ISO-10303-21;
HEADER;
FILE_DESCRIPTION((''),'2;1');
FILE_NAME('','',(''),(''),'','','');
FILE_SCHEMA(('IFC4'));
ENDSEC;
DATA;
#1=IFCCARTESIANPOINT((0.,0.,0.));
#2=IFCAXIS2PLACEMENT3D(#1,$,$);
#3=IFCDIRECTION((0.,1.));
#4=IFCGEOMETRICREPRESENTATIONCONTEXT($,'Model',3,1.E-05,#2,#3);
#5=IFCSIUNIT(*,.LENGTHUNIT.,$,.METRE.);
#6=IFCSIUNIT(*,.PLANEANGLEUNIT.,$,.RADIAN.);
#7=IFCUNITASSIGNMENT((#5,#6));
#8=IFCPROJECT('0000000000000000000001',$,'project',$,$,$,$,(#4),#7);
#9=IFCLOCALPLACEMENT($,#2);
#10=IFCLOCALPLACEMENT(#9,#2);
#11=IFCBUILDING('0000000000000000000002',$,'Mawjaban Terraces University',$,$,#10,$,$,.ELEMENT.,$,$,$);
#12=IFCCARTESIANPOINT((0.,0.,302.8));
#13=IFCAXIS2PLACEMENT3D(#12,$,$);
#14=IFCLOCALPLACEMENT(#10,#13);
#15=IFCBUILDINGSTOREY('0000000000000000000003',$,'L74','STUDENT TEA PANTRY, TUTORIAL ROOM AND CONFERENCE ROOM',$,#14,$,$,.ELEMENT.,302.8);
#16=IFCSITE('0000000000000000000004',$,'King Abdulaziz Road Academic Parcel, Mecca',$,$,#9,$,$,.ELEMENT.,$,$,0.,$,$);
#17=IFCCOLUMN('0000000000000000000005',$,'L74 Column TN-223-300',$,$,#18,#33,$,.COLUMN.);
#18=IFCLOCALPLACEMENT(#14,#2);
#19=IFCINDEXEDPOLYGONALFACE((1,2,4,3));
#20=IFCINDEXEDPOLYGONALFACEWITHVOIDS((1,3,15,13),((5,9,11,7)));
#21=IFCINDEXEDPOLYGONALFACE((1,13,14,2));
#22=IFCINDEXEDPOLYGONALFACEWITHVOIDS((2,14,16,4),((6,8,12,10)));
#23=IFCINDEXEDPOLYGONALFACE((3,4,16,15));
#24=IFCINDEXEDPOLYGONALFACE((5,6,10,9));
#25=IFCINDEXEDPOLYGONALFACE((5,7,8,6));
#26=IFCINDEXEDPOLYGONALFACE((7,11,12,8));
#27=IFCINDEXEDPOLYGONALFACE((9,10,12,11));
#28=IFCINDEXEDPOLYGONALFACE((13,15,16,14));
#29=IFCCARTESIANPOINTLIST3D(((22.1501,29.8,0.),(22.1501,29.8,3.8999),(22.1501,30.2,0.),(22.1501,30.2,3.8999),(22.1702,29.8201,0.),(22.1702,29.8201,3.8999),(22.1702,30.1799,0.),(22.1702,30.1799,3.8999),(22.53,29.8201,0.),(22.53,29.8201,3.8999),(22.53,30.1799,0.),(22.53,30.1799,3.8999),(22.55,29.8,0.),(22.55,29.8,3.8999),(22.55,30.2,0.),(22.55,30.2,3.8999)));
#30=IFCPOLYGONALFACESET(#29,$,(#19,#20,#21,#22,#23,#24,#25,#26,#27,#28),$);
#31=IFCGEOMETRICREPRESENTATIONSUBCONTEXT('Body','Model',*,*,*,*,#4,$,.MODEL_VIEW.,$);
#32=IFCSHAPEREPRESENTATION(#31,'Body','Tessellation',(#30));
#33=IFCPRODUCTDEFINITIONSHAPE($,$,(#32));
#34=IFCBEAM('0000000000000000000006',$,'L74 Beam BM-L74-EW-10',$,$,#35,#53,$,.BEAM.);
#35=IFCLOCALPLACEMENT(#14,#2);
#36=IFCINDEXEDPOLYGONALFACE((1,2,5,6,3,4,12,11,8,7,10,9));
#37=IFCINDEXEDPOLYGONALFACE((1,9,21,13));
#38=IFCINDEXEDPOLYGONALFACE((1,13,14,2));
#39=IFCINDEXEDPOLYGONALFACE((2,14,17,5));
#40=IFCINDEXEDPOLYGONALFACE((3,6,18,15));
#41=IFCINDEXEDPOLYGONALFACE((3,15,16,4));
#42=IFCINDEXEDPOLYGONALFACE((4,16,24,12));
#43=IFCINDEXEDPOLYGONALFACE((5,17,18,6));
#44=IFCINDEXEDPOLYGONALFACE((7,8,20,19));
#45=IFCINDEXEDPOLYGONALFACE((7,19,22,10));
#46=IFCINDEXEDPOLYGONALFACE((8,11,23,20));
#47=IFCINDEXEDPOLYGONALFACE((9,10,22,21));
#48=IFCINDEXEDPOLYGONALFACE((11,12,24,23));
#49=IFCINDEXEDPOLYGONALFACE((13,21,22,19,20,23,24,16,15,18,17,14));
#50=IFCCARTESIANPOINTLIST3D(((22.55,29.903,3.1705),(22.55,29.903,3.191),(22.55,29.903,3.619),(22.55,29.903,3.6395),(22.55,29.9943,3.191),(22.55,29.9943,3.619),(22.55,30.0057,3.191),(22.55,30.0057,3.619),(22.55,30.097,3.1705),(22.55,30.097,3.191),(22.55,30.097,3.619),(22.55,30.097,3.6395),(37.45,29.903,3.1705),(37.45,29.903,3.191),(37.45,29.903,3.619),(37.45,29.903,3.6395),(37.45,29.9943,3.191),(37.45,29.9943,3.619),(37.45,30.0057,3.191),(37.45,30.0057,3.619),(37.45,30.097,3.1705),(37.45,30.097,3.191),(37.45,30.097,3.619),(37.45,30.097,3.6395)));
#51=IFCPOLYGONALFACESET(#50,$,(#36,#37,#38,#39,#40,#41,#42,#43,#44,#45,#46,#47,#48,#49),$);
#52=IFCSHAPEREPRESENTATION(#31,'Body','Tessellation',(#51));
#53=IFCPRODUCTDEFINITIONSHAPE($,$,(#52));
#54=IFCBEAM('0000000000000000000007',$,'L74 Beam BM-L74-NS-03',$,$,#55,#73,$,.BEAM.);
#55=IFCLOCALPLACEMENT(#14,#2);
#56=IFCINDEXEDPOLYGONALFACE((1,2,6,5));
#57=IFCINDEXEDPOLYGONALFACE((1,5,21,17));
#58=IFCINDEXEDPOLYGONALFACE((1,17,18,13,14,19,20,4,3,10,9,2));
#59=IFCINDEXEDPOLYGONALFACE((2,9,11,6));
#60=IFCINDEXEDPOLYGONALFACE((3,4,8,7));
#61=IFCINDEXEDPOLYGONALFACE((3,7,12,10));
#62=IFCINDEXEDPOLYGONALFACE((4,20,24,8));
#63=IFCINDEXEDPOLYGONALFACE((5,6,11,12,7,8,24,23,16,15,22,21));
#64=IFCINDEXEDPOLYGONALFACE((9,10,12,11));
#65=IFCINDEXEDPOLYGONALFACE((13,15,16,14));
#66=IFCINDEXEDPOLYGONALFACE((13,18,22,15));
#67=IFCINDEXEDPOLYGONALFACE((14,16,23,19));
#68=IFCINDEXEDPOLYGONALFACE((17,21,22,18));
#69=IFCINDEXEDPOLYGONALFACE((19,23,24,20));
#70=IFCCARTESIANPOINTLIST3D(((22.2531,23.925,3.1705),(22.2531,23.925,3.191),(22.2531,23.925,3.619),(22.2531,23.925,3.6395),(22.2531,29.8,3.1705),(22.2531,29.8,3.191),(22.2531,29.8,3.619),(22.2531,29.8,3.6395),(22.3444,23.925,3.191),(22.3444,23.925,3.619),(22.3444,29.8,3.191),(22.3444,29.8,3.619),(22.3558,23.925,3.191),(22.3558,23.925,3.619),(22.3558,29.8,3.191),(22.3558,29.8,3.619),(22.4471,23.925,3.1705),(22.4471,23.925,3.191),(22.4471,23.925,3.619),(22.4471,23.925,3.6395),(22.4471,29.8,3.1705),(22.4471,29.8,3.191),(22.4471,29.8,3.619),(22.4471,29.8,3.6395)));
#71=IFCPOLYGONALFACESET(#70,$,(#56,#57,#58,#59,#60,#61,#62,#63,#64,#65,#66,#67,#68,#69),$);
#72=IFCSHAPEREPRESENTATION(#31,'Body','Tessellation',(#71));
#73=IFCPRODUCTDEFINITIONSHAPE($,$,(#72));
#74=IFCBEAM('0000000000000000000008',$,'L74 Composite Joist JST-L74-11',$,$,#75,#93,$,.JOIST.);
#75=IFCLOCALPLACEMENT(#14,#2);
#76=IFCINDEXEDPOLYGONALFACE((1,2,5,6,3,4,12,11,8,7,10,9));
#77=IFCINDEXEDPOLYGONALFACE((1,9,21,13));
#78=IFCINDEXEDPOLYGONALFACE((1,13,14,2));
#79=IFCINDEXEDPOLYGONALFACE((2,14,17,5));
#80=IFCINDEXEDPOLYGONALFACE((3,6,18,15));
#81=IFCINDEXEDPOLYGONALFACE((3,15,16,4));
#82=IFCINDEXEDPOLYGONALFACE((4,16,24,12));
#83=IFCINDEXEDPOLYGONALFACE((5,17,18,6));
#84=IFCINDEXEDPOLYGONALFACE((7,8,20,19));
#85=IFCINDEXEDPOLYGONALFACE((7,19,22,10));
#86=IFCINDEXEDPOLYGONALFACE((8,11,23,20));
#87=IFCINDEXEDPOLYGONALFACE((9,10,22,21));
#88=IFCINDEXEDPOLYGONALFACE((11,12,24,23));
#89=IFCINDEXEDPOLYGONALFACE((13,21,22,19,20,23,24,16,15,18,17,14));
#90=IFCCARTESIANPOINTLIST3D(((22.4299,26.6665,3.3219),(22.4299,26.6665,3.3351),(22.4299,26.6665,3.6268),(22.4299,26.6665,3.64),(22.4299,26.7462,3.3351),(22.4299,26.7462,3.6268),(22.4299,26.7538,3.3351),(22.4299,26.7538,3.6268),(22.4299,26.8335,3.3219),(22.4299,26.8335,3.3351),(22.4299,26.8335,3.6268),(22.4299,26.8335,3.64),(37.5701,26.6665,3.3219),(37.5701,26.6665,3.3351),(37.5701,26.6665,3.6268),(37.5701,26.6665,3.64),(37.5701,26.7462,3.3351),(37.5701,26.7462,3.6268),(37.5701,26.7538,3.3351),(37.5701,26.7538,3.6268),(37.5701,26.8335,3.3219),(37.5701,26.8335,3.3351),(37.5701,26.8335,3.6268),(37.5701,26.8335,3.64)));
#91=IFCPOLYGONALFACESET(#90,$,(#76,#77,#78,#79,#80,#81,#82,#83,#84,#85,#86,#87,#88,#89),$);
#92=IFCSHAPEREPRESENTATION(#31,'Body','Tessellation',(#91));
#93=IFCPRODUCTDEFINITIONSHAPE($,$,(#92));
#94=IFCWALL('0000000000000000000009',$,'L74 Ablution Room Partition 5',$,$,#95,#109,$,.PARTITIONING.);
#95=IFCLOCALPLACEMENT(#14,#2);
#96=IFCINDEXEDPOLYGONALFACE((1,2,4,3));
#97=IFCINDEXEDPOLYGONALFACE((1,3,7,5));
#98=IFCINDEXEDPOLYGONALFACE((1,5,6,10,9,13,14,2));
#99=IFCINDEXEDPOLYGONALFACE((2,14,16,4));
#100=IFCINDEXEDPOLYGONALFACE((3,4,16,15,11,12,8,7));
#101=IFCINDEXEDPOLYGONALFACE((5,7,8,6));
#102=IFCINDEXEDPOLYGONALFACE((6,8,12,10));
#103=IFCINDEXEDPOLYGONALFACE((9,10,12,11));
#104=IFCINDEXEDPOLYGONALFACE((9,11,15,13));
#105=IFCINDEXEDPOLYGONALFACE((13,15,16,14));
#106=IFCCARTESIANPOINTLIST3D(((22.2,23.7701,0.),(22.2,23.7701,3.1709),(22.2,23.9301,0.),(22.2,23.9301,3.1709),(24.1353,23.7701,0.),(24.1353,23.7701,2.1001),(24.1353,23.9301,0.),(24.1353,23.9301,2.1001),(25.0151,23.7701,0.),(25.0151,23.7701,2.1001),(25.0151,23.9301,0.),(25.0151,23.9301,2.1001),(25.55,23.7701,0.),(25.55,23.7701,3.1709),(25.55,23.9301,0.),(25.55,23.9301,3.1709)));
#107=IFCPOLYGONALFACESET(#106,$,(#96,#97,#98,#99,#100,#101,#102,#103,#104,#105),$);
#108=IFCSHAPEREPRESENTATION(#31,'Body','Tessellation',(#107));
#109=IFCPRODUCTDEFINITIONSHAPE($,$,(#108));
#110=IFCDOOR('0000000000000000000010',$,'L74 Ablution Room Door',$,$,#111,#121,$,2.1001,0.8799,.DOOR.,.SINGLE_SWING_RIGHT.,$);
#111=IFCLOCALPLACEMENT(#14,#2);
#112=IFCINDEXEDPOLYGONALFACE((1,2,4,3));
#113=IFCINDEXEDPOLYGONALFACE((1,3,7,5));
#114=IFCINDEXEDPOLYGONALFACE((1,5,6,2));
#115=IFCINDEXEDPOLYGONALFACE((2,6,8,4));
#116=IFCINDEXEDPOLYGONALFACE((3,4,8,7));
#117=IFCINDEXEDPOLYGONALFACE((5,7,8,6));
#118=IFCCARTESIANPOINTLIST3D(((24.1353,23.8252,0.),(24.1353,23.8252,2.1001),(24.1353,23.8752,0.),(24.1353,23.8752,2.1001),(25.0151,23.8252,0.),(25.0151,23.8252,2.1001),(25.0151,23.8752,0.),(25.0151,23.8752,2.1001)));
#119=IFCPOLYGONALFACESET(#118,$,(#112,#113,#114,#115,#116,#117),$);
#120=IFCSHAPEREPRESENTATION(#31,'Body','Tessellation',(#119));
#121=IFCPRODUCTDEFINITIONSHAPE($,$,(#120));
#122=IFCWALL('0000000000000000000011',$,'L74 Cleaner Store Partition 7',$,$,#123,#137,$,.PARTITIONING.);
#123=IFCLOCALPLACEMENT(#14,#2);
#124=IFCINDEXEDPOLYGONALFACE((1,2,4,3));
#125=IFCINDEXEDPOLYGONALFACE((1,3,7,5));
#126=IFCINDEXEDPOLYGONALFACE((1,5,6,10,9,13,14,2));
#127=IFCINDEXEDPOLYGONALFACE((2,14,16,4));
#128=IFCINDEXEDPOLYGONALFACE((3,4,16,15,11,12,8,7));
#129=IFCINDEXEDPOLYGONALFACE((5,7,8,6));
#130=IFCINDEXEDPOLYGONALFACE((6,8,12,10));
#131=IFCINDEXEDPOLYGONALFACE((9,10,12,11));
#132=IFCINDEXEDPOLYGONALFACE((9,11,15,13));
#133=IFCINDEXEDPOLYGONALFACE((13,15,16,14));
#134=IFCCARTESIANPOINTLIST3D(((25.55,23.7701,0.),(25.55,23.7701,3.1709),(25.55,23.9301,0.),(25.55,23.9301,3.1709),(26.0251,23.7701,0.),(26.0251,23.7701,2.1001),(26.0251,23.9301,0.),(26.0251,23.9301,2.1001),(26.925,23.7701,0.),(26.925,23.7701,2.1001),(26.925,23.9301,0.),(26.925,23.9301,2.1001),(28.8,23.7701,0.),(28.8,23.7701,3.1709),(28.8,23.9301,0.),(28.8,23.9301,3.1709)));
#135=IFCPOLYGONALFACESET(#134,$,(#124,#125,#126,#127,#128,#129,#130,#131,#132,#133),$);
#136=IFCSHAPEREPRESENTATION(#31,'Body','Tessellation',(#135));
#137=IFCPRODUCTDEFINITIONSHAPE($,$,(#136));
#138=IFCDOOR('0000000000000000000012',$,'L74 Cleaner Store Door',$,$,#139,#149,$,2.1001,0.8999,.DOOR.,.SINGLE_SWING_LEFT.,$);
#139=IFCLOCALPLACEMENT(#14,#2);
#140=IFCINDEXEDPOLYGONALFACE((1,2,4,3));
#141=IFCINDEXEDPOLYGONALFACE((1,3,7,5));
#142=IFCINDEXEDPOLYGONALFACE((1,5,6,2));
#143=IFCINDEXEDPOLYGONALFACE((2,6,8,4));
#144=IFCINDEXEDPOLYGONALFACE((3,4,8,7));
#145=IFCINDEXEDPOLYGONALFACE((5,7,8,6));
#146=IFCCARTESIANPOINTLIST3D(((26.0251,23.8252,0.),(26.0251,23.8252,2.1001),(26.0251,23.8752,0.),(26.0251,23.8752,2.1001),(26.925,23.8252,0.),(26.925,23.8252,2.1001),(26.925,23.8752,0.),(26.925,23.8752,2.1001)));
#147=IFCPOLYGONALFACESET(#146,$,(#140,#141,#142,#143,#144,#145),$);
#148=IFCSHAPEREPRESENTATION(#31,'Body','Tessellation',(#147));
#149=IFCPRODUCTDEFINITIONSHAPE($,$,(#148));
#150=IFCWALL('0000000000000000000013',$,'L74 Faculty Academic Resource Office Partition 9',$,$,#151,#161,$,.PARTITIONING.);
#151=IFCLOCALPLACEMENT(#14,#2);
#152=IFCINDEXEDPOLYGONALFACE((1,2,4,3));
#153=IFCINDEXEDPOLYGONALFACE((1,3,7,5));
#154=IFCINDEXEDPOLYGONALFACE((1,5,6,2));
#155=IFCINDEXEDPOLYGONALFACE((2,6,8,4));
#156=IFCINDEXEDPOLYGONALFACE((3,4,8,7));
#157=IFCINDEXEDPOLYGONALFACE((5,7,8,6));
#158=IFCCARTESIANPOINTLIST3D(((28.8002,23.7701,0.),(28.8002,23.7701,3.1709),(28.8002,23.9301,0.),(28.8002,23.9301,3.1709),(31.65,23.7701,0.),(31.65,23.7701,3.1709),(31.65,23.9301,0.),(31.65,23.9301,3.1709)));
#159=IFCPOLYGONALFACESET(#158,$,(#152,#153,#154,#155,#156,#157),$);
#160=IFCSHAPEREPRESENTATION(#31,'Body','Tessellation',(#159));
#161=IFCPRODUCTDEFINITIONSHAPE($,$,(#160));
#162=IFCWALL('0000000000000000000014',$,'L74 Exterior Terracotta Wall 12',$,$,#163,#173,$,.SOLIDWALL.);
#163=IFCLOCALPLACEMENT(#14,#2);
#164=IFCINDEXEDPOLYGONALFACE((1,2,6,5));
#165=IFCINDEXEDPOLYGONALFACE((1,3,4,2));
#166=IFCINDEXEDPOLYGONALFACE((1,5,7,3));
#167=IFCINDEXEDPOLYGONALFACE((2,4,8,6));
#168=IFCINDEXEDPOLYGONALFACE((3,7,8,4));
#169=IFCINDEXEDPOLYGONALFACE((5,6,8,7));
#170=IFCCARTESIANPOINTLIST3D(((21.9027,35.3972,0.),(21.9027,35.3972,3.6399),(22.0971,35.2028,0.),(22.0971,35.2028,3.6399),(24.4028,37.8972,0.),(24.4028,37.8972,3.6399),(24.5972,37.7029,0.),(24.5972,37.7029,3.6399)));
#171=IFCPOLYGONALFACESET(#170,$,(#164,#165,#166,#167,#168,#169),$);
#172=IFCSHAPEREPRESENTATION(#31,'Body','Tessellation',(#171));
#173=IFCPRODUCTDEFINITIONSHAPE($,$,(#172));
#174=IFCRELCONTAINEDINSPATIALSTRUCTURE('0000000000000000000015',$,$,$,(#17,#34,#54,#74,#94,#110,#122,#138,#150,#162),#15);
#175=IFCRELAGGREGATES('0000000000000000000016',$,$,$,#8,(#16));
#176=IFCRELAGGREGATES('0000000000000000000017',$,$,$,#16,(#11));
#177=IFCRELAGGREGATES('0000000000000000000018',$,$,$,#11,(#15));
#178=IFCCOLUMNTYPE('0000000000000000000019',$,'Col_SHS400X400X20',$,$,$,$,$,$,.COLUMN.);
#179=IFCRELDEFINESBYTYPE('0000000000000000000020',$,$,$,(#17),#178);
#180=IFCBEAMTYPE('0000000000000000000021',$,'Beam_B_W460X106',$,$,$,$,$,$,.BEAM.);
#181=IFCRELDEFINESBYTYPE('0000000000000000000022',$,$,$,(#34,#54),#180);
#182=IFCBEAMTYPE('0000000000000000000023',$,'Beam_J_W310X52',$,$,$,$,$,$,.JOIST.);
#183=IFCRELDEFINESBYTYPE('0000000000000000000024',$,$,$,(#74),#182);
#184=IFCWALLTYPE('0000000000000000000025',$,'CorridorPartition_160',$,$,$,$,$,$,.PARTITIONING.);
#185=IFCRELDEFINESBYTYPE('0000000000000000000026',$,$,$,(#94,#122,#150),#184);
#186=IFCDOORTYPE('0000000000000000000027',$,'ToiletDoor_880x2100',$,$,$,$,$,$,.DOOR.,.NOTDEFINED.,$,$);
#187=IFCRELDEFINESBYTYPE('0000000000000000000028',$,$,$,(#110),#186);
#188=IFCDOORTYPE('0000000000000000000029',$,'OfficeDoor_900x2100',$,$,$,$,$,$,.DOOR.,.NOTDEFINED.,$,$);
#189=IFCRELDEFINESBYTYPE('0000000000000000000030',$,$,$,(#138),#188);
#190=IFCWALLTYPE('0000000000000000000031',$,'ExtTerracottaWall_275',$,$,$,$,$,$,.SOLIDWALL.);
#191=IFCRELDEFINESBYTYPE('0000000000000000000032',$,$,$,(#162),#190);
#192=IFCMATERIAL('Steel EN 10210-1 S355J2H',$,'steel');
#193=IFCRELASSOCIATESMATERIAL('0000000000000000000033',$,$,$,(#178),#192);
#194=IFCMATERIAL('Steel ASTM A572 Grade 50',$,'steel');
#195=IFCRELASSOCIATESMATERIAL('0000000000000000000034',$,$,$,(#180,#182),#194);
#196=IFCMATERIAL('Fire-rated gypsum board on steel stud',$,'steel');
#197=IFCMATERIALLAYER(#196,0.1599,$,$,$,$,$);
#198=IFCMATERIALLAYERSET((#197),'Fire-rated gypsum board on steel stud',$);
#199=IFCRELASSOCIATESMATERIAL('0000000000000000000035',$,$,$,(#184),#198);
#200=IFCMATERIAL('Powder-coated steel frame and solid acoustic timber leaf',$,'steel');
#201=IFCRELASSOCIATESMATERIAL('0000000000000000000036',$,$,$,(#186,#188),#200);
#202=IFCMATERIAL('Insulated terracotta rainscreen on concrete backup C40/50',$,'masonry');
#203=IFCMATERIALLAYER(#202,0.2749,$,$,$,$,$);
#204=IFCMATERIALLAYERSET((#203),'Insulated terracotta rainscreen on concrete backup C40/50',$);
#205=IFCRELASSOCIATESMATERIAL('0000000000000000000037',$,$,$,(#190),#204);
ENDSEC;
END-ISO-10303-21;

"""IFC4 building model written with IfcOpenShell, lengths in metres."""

from ifc_helpers import new_model, si_unit, direction, frame, frame_2d, origin, origin_2d, place, context, subcontext, project, spatial, rectangle, hollow_rectangle, i_section, extrude, material, layer, layer_set, material_profile, profile_set, type_object, element, fill, save


model = new_model("IFC4")

# Units and contexts
model_context = context("Model", 3, precision=1e-05, world=origin(), true_north=direction((0.0, 1.0)))
body_context = subcontext(model_context, "Body", "Model", "MODEL_VIEW")
ifc_project = project(units=[si_unit("LENGTHUNIT", "METRE"), si_unit("PLANEANGLEUNIT", "RADIAN")], contexts=[model_context])

# Site, building, storey
site_placement = place(None, origin())
site = spatial("IfcSite", under=ifc_project, at=site_placement, Name="King Abdulaziz Road Academic Parcel, Mecca", CompositionType="ELEMENT", RefElevation=0.0)
building_placement = place(site_placement, origin())
building = spatial("IfcBuilding", under=site, at=building_placement, Name="Mawjaban Terraces University", CompositionType="ELEMENT")
storey_placement = place(building_placement, frame((0.0, 0.0, 302.8)))
storey = spatial("IfcBuildingStorey", under=building, at=storey_placement, Name="L74", Description="STUDENT TEA PANTRY, TUTORIAL ROOM AND CONFERENCE ROOM", CompositionType="ELEMENT", Elevation=302.8)

# Column
ifc_material_1 = material(Name="Steel EN 10210-1 S355J2H", Category="steel")
ifc_material_profile_1 = material_profile(ifc_material_1, hollow_rectangle(XDim=0.3999, YDim=0.3999, WallThickness=0.02, at=origin_2d()), Name="SHS400X400X20")
ifc_profile_set_1 = profile_set([ifc_material_profile_1], Name="Steel EN 10210-1 S355J2H")
column_type = type_object("IfcColumnType", Name="Col_SHS400X400X20", PredefinedType="COLUMN", material=ifc_profile_set_1)
column_placement = place(storey_placement, frame((22.3501, 30.0, 0.0), z_axis=(0.0, 0.0, 1.0), x_axis=(1.0, 0.0, 0.0)))
element("IfcColumn", 1, at=column_placement, inside=storey, type_object=column_type, Name="L74 Column TN-223-300", PredefinedType="COLUMN", context=body_context, shape_type="SweptSolid", body=[
    extrude(hollow_rectangle(XDim=0.3999, YDim=0.3999, WallThickness=0.02, at=origin_2d()), origin(), (0.0, 0.0, 1.0), 3.8999),
])

# Beams
ifc_material_2 = material(Name="Steel ASTM A572 Grade 50", Category="steel")
ifc_material_profile_2 = material_profile(ifc_material_2, i_section(OverallWidth=0.1941, OverallDepth=0.469, WebThickness=0.0115, FlangeThickness=0.0205, at=origin_2d()), Name="W460X106")
ifc_profile_set_2 = profile_set([ifc_material_profile_2], Name="Steel ASTM A572 Grade 50")
beam_type_1 = type_object("IfcBeamType", Name="Beam_B_W460X106", PredefinedType="BEAM", material=ifc_profile_set_2)
beam_1_placement = place(storey_placement, frame((22.55, 30.0, 3.405), z_axis=(1.0, 0.0, 0.0), x_axis=(0.0, 1.0, 0.0)))
element("IfcBeam", 2, at=beam_1_placement, inside=storey, type_object=beam_type_1, Name="L74 Beam BM-L74-EW-10", PredefinedType="BEAM", context=body_context, shape_type="SweptSolid", body=[
    extrude(i_section(OverallWidth=0.1941, OverallDepth=0.469, WebThickness=0.0115, FlangeThickness=0.0205, at=origin_2d()), origin(), (0.0, 0.0, 1.0), 14.8999),
])
beam_2_placement = place(storey_placement, frame((22.3501, 23.925, 3.405), z_axis=(0.0, 1.0, 0.0), x_axis=(-1.0, 0.0, 0.0)))
element("IfcBeam", 3, at=beam_2_placement, inside=storey, type_object=beam_type_1, Name="L74 Beam BM-L74-NS-03", PredefinedType="BEAM", context=body_context, shape_type="SweptSolid", body=[
    extrude(i_section(OverallWidth=0.1941, OverallDepth=0.469, WebThickness=0.0115, FlangeThickness=0.0205, at=origin_2d()), origin(), (0.0, 0.0, 1.0), 5.875),
])
ifc_material_profile_3 = material_profile(ifc_material_2, i_section(OverallWidth=0.167, OverallDepth=0.3181, WebThickness=0.0076, FlangeThickness=0.0132, at=origin_2d()), Name="W310X52")
ifc_profile_set_3 = profile_set([ifc_material_profile_3], Name="Steel ASTM A572 Grade 50")
beam_type_2 = type_object("IfcBeamType", Name="Beam_J_W310X52", PredefinedType="JOIST", material=ifc_profile_set_3)
beam_3_placement = place(storey_placement, frame((22.4299, 26.75, 3.481), z_axis=(1.0, 0.0, 0.0), x_axis=(0.0, 1.0, 0.0)))
element("IfcBeam", 4, at=beam_3_placement, inside=storey, type_object=beam_type_2, Name="L74 Composite Joist JST-L74-11", PredefinedType="JOIST", context=body_context, shape_type="SweptSolid", body=[
    extrude(i_section(OverallWidth=0.167, OverallDepth=0.3181, WebThickness=0.0076, FlangeThickness=0.0132, at=origin_2d()), origin(), (0.0, 0.0, 1.0), 15.1401),
])

# Walls, openings, doors
ifc_material_3 = material(Name="Fire-rated gypsum board on steel stud", Category="steel")
ifc_layer_1 = layer(ifc_material_3, 0.1599)
ifc_layer_set_1 = layer_set([ifc_layer_1], Name="Fire-rated gypsum board on steel stud")
wall_type_1 = type_object("IfcWallType", Name="CorridorPartition_160", PredefinedType="PARTITIONING", material=ifc_layer_set_1)
wall_1_placement = place(storey_placement, frame((25.55, 23.8501, 0.0), z_axis=(0.0, 0.0, 1.0), x_axis=(-1.0, 0.0, 0.0)))
wall_1 = element("IfcWall", 5, at=wall_1_placement, inside=storey, type_object=wall_type_1, Name="L74 Ablution Room Partition 5", PredefinedType="PARTITIONING", context=body_context, shape_type="SweptSolid", body=[
    extrude(rectangle(XDim=3.3501, YDim=0.1599, at=frame_2d((1.675, 0.0))), origin(), (0.0, 0.0, 1.0), 3.1709),
])
opening_1_placement = place(wall_1_placement, frame((0.5349, 0.0, 0.0)))
opening_1 = element("IfcOpeningElement", 6, at=opening_1_placement, cuts=wall_1, PredefinedType="OPENING", context=body_context, shape_type="SweptSolid", body=[
    extrude(rectangle(XDim=0.8799, YDim=2.1001, at=frame_2d((0.4399, 1.05))), frame((0.0, 0.0898, 0.0), z_axis=(0.0, -1.0, 0.0), x_axis=(1.0, 0.0, 0.0)), (0.0, 0.0, 1.0), 0.1799),
])
ifc_material_4 = material(Name="Powder-coated steel frame and solid acoustic timber leaf", Category="steel")
door_type_1 = type_object("IfcDoorType", Name="ToiletDoor_880x2100", OperationType="NOTDEFINED", PredefinedType="DOOR", material=ifc_material_4)
door_1_placement = place(opening_1_placement, origin())
door_1 = element("IfcDoor", 7, at=door_1_placement, inside=storey, type_object=door_type_1, Name="L74 Ablution Room Door", OperationType="SINGLE_SWING_RIGHT", OverallHeight=2.1001, OverallWidth=0.8799, PredefinedType="DOOR", context=body_context, shape_type="SweptSolid", body=[
    extrude(rectangle(XDim=0.8799, YDim=2.1001, at=frame_2d((0.4399, 1.05))), frame((0.0, 0.0249, 0.0), z_axis=(0.0, -1.0, 0.0), x_axis=(1.0, 0.0, 0.0)), (0.0, 0.0, 1.0), 0.05),
])
fill(opening_1, door_1)
wall_2_placement = place(storey_placement, frame((28.8, 23.8501, 0.0), z_axis=(0.0, 0.0, 1.0), x_axis=(-1.0, 0.0, 0.0)))
wall_2 = element("IfcWall", 8, at=wall_2_placement, inside=storey, type_object=wall_type_1, Name="L74 Cleaner Store Partition 7", PredefinedType="PARTITIONING", context=body_context, shape_type="SweptSolid", body=[
    extrude(rectangle(XDim=3.25, YDim=0.1599, at=frame_2d((1.625, 0.0))), origin(), (0.0, 0.0, 1.0), 3.1709),
])
opening_2_placement = place(wall_2_placement, frame((1.875, 0.0, 0.0)))
opening_2 = element("IfcOpeningElement", 9, at=opening_2_placement, cuts=wall_2, PredefinedType="OPENING", context=body_context, shape_type="SweptSolid", body=[
    extrude(rectangle(XDim=0.8999, YDim=2.1001, at=frame_2d((0.45, 1.05))), frame((0.0, 0.0898, 0.0), z_axis=(0.0, -1.0, 0.0), x_axis=(1.0, 0.0, 0.0)), (0.0, 0.0, 1.0), 0.1799),
])
door_type_2 = type_object("IfcDoorType", Name="OfficeDoor_900x2100", OperationType="NOTDEFINED", PredefinedType="DOOR", material=ifc_material_4)
door_2_placement = place(opening_2_placement, origin())
door_2 = element("IfcDoor", 10, at=door_2_placement, inside=storey, type_object=door_type_2, Name="L74 Cleaner Store Door", OperationType="SINGLE_SWING_LEFT", OverallHeight=2.1001, OverallWidth=0.8999, PredefinedType="DOOR", context=body_context, shape_type="SweptSolid", body=[
    extrude(rectangle(XDim=0.8999, YDim=2.1001, at=frame_2d((0.45, 1.05))), frame((0.0, 0.0249, 0.0), z_axis=(0.0, -1.0, 0.0), x_axis=(1.0, 0.0, 0.0)), (0.0, 0.0, 1.0), 0.05),
])
fill(opening_2, door_2)

# Walls
wall_3_placement = place(storey_placement, frame((31.6499, 23.8501, 0.0), z_axis=(0.0, 0.0, 1.0), x_axis=(-1.0, 0.0, 0.0)))
element("IfcWall", 11, at=wall_3_placement, inside=storey, type_object=wall_type_1, Name="L74 Faculty Academic Resource Office Partition 9", PredefinedType="PARTITIONING", context=body_context, shape_type="SweptSolid", body=[
    extrude(rectangle(XDim=2.8499, YDim=0.1599, at=frame_2d((1.4248, 0.0))), origin(), (0.0, 0.0, 1.0), 3.1709),
])
ifc_material_5 = material(Name="Insulated terracotta rainscreen on concrete backup C40/50", Category="masonry")
ifc_layer_2 = layer(ifc_material_5, 0.2749)
ifc_layer_set_2 = layer_set([ifc_layer_2], Name="Insulated terracotta rainscreen on concrete backup C40/50")
wall_type_2 = type_object("IfcWallType", Name="ExtTerracottaWall_275", PredefinedType="SOLIDWALL", material=ifc_layer_set_2)
wall_4_placement = place(storey_placement, frame((24.5, 37.8, 0.0), z_axis=(0.0, 0.0, 1.0), x_axis=(-0.707107, -0.707107, 0.0)))
element("IfcWall", 12, at=wall_4_placement, inside=storey, type_object=wall_type_2, Name="L74 Exterior Terracotta Wall 12", PredefinedType="SOLIDWALL", context=body_context, shape_type="SweptSolid", body=[
    extrude(rectangle(XDim=3.5356, YDim=0.2749, at=frame_2d((1.7678, 0.0))), origin(), (0.0, 0.0, 1.0), 3.6399),
])

save(model, "model.ifc")
